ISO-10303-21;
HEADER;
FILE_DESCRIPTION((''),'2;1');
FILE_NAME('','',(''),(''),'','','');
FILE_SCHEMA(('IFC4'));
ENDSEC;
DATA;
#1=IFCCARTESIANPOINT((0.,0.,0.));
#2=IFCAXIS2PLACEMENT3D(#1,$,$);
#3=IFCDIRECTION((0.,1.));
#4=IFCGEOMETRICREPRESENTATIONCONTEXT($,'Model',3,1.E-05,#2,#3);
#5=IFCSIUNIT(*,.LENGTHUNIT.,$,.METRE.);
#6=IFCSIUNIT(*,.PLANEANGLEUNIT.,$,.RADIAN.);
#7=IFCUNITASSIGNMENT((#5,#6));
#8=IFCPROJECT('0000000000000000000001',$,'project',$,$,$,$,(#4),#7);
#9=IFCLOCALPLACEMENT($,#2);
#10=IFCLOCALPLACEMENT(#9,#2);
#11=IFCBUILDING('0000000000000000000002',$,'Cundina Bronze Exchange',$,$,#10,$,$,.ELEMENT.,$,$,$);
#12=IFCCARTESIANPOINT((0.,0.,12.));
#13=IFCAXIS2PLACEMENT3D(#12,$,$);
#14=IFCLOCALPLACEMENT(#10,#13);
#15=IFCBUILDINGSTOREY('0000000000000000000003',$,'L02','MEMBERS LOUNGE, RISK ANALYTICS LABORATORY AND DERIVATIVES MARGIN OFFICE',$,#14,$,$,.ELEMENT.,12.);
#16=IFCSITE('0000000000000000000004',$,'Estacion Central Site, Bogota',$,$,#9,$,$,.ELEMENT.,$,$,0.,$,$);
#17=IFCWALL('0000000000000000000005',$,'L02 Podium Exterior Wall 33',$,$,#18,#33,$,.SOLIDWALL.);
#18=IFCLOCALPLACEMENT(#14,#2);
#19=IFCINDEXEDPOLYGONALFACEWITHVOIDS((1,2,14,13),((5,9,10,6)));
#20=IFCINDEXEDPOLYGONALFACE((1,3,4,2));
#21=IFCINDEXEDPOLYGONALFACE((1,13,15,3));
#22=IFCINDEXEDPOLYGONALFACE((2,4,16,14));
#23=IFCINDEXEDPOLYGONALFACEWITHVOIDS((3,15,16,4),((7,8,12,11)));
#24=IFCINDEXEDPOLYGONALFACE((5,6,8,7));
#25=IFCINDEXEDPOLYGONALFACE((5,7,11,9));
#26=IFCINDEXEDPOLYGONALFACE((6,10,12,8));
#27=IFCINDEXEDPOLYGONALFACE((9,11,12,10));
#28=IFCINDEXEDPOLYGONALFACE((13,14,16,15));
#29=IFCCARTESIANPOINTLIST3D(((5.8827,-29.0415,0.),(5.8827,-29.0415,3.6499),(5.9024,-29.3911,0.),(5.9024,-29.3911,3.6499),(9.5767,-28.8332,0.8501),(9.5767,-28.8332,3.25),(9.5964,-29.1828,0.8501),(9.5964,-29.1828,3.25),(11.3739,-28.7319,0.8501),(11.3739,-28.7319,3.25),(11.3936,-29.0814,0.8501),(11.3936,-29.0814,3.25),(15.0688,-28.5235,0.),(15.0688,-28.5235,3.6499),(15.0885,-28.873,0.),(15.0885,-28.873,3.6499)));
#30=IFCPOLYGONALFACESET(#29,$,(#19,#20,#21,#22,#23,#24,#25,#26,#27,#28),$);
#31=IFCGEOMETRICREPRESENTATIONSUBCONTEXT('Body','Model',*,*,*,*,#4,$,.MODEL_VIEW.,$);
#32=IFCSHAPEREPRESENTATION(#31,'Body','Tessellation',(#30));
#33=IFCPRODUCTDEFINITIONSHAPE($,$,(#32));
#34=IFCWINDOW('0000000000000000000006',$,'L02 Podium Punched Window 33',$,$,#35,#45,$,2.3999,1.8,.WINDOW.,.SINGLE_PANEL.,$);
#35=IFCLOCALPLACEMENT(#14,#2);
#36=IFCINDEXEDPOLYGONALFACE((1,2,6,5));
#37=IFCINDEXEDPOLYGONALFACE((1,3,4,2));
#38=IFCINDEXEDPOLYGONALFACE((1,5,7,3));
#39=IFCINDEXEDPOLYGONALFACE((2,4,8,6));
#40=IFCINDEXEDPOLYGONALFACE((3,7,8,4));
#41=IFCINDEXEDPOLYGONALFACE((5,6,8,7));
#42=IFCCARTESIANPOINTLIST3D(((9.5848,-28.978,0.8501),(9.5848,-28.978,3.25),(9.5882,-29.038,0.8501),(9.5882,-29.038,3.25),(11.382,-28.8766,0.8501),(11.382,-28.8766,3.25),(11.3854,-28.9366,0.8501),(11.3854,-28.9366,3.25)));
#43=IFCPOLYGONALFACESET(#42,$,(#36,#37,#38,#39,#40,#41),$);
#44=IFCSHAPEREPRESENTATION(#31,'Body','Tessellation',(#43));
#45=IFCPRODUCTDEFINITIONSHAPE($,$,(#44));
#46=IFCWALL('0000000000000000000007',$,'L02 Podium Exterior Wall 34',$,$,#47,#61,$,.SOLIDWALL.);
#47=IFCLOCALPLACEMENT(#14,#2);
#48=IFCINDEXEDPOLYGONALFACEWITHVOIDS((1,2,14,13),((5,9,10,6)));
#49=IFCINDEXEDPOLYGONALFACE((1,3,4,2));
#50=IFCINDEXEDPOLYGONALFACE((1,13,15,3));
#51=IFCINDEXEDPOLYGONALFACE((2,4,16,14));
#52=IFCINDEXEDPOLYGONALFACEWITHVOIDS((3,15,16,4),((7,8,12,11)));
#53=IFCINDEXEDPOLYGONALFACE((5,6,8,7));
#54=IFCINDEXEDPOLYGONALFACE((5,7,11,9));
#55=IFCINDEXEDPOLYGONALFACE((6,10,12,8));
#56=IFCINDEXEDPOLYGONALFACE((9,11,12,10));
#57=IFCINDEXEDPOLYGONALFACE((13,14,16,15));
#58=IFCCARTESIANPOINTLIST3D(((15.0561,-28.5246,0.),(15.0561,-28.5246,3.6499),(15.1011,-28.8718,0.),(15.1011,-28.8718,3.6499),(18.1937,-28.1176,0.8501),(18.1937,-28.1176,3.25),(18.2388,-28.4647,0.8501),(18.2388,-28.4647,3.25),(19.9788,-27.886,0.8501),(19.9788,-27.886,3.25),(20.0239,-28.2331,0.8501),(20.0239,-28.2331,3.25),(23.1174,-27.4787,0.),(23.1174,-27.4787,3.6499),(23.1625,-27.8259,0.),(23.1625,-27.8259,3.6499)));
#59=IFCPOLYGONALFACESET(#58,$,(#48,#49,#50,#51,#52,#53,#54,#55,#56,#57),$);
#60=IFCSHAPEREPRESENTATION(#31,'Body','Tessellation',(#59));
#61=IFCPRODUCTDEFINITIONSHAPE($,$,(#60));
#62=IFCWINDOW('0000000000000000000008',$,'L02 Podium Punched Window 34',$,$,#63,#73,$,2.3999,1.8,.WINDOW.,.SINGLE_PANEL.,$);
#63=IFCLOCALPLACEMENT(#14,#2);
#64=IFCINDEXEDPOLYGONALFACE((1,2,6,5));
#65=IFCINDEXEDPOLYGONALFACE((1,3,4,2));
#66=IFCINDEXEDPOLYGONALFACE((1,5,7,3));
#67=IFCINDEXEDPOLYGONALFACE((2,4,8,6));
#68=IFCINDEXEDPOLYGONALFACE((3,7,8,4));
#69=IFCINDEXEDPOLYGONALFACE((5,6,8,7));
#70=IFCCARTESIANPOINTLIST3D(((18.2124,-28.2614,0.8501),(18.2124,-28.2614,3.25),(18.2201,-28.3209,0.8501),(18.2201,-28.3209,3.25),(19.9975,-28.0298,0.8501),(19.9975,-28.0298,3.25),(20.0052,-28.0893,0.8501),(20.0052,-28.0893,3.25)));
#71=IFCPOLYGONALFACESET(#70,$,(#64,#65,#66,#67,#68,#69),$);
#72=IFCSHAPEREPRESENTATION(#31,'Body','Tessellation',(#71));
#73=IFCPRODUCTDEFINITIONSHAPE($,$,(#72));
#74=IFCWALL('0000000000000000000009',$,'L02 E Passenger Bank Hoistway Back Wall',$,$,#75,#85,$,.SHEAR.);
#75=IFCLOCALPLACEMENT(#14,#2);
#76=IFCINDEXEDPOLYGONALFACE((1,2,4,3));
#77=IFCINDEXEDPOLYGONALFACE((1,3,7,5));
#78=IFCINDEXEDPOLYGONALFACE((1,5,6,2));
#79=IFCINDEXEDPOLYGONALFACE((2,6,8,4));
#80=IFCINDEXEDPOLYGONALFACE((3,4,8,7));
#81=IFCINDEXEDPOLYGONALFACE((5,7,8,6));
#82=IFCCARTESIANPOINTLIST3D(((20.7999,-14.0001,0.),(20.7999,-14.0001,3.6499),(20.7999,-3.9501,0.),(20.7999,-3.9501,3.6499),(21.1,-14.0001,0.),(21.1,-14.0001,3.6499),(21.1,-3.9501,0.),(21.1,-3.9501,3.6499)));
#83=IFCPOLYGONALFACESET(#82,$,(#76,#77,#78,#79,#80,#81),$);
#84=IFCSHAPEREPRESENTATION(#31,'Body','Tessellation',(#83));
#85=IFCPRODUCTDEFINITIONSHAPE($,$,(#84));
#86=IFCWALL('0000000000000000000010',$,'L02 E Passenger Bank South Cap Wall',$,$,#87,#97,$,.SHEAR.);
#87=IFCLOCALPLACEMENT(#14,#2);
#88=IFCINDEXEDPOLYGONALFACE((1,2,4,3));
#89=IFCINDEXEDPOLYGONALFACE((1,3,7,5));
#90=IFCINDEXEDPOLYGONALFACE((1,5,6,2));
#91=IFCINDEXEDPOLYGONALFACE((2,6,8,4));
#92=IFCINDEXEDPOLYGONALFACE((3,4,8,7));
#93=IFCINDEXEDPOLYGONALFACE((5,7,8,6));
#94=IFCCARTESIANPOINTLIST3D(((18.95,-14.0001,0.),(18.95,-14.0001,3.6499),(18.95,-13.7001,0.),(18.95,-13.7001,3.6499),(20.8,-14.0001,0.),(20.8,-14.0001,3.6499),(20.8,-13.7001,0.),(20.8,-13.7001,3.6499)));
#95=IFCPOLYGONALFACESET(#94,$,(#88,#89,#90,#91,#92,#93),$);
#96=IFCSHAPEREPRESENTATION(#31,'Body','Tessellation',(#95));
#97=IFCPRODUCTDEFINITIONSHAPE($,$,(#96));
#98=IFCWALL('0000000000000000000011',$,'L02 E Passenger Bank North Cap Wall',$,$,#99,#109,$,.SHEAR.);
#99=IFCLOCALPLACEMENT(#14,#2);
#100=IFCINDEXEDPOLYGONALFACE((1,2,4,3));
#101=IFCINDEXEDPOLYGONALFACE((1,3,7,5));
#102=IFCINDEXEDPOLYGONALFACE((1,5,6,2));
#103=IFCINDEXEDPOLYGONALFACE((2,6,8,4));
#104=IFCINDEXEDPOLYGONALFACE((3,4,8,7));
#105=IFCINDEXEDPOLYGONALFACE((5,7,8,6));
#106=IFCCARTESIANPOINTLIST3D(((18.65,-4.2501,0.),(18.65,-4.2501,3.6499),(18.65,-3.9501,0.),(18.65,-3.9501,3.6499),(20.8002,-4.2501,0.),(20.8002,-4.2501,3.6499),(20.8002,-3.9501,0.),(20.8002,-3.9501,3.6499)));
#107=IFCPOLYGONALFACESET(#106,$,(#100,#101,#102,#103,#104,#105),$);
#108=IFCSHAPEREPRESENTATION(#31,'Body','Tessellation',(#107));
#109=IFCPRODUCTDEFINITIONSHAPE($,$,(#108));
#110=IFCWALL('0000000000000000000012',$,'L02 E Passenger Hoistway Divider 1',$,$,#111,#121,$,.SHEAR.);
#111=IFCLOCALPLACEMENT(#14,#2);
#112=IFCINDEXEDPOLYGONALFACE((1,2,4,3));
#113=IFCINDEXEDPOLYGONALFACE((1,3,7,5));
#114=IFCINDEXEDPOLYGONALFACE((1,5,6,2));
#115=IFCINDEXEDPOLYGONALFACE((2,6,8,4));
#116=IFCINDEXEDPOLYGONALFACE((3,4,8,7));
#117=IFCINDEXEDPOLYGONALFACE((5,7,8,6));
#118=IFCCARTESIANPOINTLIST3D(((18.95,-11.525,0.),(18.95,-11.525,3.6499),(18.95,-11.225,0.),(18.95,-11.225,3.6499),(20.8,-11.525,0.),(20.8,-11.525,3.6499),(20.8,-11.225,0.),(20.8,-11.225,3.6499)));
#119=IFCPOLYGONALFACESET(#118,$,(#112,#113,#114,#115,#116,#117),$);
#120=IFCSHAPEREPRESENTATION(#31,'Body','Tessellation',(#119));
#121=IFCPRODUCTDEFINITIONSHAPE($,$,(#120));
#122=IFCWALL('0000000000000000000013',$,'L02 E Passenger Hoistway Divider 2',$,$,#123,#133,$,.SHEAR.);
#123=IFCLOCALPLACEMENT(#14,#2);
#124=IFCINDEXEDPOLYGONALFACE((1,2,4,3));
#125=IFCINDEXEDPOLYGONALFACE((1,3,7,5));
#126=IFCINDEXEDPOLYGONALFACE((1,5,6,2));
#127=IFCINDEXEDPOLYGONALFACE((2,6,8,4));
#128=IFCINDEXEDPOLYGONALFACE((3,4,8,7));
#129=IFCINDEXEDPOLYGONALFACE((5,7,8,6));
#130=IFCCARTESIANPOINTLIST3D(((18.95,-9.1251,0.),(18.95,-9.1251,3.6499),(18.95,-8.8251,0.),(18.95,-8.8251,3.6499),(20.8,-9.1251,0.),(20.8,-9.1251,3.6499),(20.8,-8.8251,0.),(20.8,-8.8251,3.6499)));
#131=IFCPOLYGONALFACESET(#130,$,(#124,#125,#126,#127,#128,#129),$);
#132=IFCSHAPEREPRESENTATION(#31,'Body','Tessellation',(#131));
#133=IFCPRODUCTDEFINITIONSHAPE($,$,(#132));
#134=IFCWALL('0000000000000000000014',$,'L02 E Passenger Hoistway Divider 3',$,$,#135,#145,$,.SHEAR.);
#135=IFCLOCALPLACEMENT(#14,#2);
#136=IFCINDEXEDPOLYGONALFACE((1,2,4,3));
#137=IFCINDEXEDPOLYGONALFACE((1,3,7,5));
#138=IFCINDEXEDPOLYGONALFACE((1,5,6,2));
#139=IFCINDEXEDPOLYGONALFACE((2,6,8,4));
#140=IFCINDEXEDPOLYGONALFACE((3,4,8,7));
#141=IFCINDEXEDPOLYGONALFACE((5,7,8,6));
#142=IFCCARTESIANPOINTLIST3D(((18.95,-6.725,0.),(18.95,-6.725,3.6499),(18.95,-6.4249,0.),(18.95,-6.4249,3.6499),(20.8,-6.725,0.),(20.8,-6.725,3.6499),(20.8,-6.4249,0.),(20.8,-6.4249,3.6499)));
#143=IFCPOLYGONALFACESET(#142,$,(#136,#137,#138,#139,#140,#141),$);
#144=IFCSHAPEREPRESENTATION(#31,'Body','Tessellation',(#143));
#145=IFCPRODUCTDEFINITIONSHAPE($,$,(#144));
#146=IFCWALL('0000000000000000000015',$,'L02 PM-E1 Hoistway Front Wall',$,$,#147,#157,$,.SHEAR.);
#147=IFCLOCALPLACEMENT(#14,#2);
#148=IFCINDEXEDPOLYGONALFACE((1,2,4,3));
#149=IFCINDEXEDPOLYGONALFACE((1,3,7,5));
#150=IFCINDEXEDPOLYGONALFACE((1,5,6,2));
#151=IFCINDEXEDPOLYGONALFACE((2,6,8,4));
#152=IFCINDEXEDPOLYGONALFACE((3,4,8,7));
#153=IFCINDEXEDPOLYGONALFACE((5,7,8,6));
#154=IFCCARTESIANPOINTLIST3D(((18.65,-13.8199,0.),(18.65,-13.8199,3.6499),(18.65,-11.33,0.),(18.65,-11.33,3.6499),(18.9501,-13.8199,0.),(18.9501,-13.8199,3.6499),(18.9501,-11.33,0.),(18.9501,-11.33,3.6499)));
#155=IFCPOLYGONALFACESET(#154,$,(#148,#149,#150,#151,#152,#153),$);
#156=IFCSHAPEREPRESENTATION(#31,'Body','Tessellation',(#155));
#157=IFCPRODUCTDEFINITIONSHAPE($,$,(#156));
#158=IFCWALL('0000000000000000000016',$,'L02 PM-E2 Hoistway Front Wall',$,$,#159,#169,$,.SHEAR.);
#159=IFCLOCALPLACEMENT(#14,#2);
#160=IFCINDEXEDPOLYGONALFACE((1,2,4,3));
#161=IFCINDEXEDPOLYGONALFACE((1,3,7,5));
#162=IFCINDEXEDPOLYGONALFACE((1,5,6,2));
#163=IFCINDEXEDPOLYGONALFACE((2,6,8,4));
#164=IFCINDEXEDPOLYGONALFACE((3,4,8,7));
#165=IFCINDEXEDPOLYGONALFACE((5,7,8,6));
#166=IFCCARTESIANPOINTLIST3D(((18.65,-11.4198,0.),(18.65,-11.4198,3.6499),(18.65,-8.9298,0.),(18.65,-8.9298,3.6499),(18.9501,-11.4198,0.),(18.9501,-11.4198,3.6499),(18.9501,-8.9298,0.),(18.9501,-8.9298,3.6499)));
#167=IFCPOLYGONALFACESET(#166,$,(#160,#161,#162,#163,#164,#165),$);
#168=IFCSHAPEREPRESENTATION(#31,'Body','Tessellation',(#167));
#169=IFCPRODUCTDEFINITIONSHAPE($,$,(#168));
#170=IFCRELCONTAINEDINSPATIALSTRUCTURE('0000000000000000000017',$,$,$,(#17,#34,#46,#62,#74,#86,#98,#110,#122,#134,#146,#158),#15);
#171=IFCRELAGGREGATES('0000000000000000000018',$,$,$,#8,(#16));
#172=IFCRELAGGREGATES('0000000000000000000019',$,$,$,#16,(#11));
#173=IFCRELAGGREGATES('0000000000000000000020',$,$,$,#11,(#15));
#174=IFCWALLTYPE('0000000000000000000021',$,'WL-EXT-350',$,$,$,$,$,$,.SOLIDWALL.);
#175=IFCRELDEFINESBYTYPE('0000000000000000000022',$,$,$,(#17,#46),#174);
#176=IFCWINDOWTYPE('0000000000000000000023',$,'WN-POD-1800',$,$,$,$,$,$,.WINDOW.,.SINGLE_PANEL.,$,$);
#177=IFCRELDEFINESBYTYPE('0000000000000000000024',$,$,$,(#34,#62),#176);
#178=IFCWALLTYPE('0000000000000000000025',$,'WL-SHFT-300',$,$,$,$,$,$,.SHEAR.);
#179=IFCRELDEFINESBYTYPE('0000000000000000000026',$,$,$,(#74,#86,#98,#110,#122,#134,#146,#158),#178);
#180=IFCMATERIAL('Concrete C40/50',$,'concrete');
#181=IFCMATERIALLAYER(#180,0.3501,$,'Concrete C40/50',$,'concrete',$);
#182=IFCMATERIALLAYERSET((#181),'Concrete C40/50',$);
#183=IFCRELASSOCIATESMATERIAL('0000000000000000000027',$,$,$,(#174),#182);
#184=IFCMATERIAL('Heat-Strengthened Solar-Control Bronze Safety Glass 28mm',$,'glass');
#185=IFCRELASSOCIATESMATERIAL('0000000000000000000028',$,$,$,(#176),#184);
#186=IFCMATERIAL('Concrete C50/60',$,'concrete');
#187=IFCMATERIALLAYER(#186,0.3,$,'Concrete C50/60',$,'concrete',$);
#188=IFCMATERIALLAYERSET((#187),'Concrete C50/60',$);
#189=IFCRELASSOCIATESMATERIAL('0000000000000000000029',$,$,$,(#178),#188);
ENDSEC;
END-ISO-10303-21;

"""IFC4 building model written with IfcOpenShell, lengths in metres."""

from ifc_helpers import new_model, si_unit, direction, frame, frame_2d, origin, place, context, subcontext, project, spatial, rectangle, extrude, material, layer, layer_set, type_object, element, fill, save


model = new_model("IFC4")

# Units and contexts
model_context = context("Model", 3, precision=1e-05, world=origin(), true_north=direction((0.0, 1.0)))
body_context = subcontext(model_context, "Body", "Model", "MODEL_VIEW")
ifc_project = project(units=[si_unit("LENGTHUNIT", "METRE"), si_unit("PLANEANGLEUNIT", "RADIAN")], contexts=[model_context])

# Site, building, storey
site_placement = place(None, origin())
site = spatial("IfcSite", under=ifc_project, at=site_placement, Name="Estacion Central Site, Bogota", CompositionType="ELEMENT", RefElevation=0.0)
building_placement = place(site_placement, origin())
building = spatial("IfcBuilding", under=site, at=building_placement, Name="Cundina Bronze Exchange", CompositionType="ELEMENT")
storey_placement = place(building_placement, frame((0.0, 0.0, 12.0)))
storey = spatial("IfcBuildingStorey", under=building, at=storey_placement, Name="L02", Description="MEMBERS LOUNGE, RISK ANALYTICS LABORATORY AND DERIVATIVES MARGIN OFFICE", CompositionType="ELEMENT", Elevation=12.0)

# Shared definitions
ifc_material_1 = material(Name="Concrete C50/60", Category="concrete")

# Walls, openings, windows
ifc_material_2 = material(Name="Concrete C40/50", Category="concrete")
ifc_layer_1 = layer(ifc_material_2, 0.3501, Name="Concrete C40/50", Category="concrete")
ifc_layer_set_1 = layer_set([ifc_layer_1], Name="Concrete C40/50")
wall_type_1 = type_object("IfcWallType", Name="WL-EXT-350", PredefinedType="SOLIDWALL", material=ifc_layer_set_1)
wall_1_placement = place(storey_placement, frame((5.8926, -29.2163, 0.0), z_axis=(0.0, 0.0, 1.0), x_axis=(0.998413, 0.056308, 0.0)))
wall_1 = element("IfcWall", 1, at=wall_1_placement, inside=storey, type_object=wall_type_1, Name="L02 Podium Exterior Wall 33", PredefinedType="SOLIDWALL", context=body_context, shape_type="SweptSolid", body=[
    extrude(rectangle(XDim=9.2007, YDim=0.3501, at=frame_2d((4.6003, 0.0))), origin(), (0.0, 0.0, 1.0), 3.6499),
])
opening_1_placement = place(wall_1_placement, frame((3.7, 0.0, 0.8501)))
opening_1 = element("IfcOpeningElement", 2, at=opening_1_placement, cuts=wall_1, PredefinedType="OPENING", context=body_context, shape_type="SweptSolid", body=[
    extrude(rectangle(XDim=1.8, YDim=2.3999, at=frame_2d((0.8999, 1.2))), frame((0.0, 0.1851, 0.0), z_axis=(0.0, -1.0, 0.0), x_axis=(1.0, 0.0, 0.0)), (0.0, 0.0, 1.0), 0.3701),
])
ifc_material_3 = material(Name="Heat-Strengthened Solar-Control Bronze Safety Glass 28mm", Category="glass")
window_type_1 = type_object("IfcWindowType", Name="WN-POD-1800", PartitioningType="SINGLE_PANEL", PredefinedType="WINDOW", material=ifc_material_3)
window_1_placement = place(opening_1_placement, origin())
window_1 = element("IfcWindow", 3, at=window_1_placement, inside=storey, type_object=window_type_1, Name="L02 Podium Punched Window 33", OverallHeight=2.3999, OverallWidth=1.8, PartitioningType="SINGLE_PANEL", PredefinedType="WINDOW", context=body_context, shape_type="SweptSolid", body=[
    extrude(rectangle(XDim=1.8, YDim=2.3999, at=frame_2d((0.8999, 1.2))), frame((0.0, 0.03, 0.0), z_axis=(0.0, -1.0, 0.0), x_axis=(1.0, 0.0, 0.0)), (0.0, 0.0, 1.0), 0.0601),
])
fill(opening_1, window_1)
wall_2_placement = place(storey_placement, frame((15.0786, -28.6982, 0.0), z_axis=(0.0, 0.0, 1.0), x_axis=(0.991688, 0.128665, 0.0)))
wall_2 = element("IfcWall", 4, at=wall_2_placement, inside=storey, type_object=wall_type_1, Name="L02 Podium Exterior Wall 34", PredefinedType="SOLIDWALL", context=body_context, shape_type="SweptSolid", body=[
    extrude(rectangle(XDim=8.1289, YDim=0.3501, at=frame_2d((4.0645, 0.0))), origin(), (0.0, 0.0, 1.0), 3.6499),
])
opening_2_placement = place(wall_2_placement, frame((3.1641, 0.0, 0.8501)))
opening_2 = element("IfcOpeningElement", 5, at=opening_2_placement, cuts=wall_2, PredefinedType="OPENING", context=body_context, shape_type="SweptSolid", body=[
    extrude(rectangle(XDim=1.8, YDim=2.3999, at=frame_2d((0.8999, 1.2))), frame((0.0, 0.1851, 0.0), z_axis=(0.0, -1.0, 0.0), x_axis=(1.0, 0.0, 0.0)), (0.0, 0.0, 1.0), 0.3701),
])
window_2_placement = place(opening_2_placement, origin())
window_2 = element("IfcWindow", 6, at=window_2_placement, inside=storey, type_object=window_type_1, Name="L02 Podium Punched Window 34", OverallHeight=2.3999, OverallWidth=1.8, PartitioningType="SINGLE_PANEL", PredefinedType="WINDOW", context=body_context, shape_type="SweptSolid", body=[
    extrude(rectangle(XDim=1.8, YDim=2.3999, at=frame_2d((0.8999, 1.2))), frame((0.0, 0.03, 0.0), z_axis=(0.0, -1.0, 0.0), x_axis=(1.0, 0.0, 0.0)), (0.0, 0.0, 1.0), 0.0601),
])
fill(opening_2, window_2)

# Walls
ifc_layer_2 = layer(ifc_material_1, 0.3, Name="Concrete C50/60", Category="concrete")
ifc_layer_set_2 = layer_set([ifc_layer_2], Name="Concrete C50/60")
wall_type_2 = type_object("IfcWallType", Name="WL-SHFT-300", PredefinedType="SHEAR", material=ifc_layer_set_2)
wall_3_placement = place(storey_placement, frame((20.95, -14.0, 0.0), z_axis=(0.0, 0.0, 1.0), x_axis=(0.0, 1.0, 0.0)))
element("IfcWall", 7, at=wall_3_placement, inside=storey, type_object=wall_type_2, Name="L02 E Passenger Bank Hoistway Back Wall", PredefinedType="SHEAR", context=body_context, shape_type="SweptSolid", body=[
    extrude(rectangle(XDim=10.05, YDim=0.3, at=frame_2d((5.0249, 0.0))), origin(), (0.0, 0.0, 1.0), 3.6499),
])
wall_4_placement = place(storey_placement, frame((18.95, -13.8501, 0.0), z_axis=(0.0, 0.0, 1.0), x_axis=(1.0, 0.0, 0.0)))
element("IfcWall", 8, at=wall_4_placement, inside=storey, type_object=wall_type_2, Name="L02 E Passenger Bank South Cap Wall", PredefinedType="SHEAR", context=body_context, shape_type="SweptSolid", body=[
    extrude(rectangle(XDim=1.8501, YDim=0.3, at=frame_2d((0.925, 0.0))), origin(), (0.0, 0.0, 1.0), 3.6499),
])
wall_5_placement = place(storey_placement, frame((18.6499, -4.1001, 0.0), z_axis=(0.0, 0.0, 1.0), x_axis=(1.0, 0.0, 0.0)))
element("IfcWall", 9, at=wall_5_placement, inside=storey, type_object=wall_type_2, Name="L02 E Passenger Bank North Cap Wall", PredefinedType="SHEAR", context=body_context, shape_type="SweptSolid", body=[
    extrude(rectangle(XDim=2.1501, YDim=0.3, at=frame_2d((1.0752, 0.0))), origin(), (0.0, 0.0, 1.0), 3.6499),
])
for number, where, z_axis, x_axis, name in (
    (10, (18.95, -11.375, 0.0), (0.0, 0.0, 1.0), (1.0, 0.0, 0.0), "L02 E Passenger Hoistway Divider 1"),
    (11, (18.95, -8.9751, 0.0), (0.0, 0.0, 1.0), (1.0, 0.0, 0.0), "L02 E Passenger Hoistway Divider 2"),
    (12, (18.95, -6.575, 0.0), (0.0, 0.0, 1.0), (1.0, 0.0, 0.0), "L02 E Passenger Hoistway Divider 3"),
):
    element("IfcWall", number, at=place(storey_placement, frame(where, z_axis=z_axis, x_axis=x_axis)), inside=storey, type_object=wall_type_2, Name=name, PredefinedType="SHEAR", context=body_context, shape_type="SweptSolid", body=[
        extrude(rectangle(XDim=1.8501, YDim=0.3, at=frame_2d((0.925, 0.0))), origin(), (0.0, 0.0, 1.0), 3.6499),
    ])
for number, where, z_axis, x_axis, name in (
    (13, (18.8, -13.8201, 0.0), (0.0, 0.0, 1.0), (0.0, 1.0, 0.0), "L02 PM-E1 Hoistway Front Wall"),
    (14, (18.8, -11.4199, 0.0), (0.0, 0.0, 1.0), (0.0, 1.0, 0.0), "L02 PM-E2 Hoistway Front Wall"),
):
    element("IfcWall", number, at=place(storey_placement, frame(where, z_axis=z_axis, x_axis=x_axis)), inside=storey, type_object=wall_type_2, Name=name, PredefinedType="SHEAR", context=body_context, shape_type="SweptSolid", body=[
        extrude(rectangle(XDim=2.49, YDim=0.3, at=frame_2d((1.2451, 0.0))), origin(), (0.0, 0.0, 1.0), 3.6499),
    ])

save(model, "model.ifc")
